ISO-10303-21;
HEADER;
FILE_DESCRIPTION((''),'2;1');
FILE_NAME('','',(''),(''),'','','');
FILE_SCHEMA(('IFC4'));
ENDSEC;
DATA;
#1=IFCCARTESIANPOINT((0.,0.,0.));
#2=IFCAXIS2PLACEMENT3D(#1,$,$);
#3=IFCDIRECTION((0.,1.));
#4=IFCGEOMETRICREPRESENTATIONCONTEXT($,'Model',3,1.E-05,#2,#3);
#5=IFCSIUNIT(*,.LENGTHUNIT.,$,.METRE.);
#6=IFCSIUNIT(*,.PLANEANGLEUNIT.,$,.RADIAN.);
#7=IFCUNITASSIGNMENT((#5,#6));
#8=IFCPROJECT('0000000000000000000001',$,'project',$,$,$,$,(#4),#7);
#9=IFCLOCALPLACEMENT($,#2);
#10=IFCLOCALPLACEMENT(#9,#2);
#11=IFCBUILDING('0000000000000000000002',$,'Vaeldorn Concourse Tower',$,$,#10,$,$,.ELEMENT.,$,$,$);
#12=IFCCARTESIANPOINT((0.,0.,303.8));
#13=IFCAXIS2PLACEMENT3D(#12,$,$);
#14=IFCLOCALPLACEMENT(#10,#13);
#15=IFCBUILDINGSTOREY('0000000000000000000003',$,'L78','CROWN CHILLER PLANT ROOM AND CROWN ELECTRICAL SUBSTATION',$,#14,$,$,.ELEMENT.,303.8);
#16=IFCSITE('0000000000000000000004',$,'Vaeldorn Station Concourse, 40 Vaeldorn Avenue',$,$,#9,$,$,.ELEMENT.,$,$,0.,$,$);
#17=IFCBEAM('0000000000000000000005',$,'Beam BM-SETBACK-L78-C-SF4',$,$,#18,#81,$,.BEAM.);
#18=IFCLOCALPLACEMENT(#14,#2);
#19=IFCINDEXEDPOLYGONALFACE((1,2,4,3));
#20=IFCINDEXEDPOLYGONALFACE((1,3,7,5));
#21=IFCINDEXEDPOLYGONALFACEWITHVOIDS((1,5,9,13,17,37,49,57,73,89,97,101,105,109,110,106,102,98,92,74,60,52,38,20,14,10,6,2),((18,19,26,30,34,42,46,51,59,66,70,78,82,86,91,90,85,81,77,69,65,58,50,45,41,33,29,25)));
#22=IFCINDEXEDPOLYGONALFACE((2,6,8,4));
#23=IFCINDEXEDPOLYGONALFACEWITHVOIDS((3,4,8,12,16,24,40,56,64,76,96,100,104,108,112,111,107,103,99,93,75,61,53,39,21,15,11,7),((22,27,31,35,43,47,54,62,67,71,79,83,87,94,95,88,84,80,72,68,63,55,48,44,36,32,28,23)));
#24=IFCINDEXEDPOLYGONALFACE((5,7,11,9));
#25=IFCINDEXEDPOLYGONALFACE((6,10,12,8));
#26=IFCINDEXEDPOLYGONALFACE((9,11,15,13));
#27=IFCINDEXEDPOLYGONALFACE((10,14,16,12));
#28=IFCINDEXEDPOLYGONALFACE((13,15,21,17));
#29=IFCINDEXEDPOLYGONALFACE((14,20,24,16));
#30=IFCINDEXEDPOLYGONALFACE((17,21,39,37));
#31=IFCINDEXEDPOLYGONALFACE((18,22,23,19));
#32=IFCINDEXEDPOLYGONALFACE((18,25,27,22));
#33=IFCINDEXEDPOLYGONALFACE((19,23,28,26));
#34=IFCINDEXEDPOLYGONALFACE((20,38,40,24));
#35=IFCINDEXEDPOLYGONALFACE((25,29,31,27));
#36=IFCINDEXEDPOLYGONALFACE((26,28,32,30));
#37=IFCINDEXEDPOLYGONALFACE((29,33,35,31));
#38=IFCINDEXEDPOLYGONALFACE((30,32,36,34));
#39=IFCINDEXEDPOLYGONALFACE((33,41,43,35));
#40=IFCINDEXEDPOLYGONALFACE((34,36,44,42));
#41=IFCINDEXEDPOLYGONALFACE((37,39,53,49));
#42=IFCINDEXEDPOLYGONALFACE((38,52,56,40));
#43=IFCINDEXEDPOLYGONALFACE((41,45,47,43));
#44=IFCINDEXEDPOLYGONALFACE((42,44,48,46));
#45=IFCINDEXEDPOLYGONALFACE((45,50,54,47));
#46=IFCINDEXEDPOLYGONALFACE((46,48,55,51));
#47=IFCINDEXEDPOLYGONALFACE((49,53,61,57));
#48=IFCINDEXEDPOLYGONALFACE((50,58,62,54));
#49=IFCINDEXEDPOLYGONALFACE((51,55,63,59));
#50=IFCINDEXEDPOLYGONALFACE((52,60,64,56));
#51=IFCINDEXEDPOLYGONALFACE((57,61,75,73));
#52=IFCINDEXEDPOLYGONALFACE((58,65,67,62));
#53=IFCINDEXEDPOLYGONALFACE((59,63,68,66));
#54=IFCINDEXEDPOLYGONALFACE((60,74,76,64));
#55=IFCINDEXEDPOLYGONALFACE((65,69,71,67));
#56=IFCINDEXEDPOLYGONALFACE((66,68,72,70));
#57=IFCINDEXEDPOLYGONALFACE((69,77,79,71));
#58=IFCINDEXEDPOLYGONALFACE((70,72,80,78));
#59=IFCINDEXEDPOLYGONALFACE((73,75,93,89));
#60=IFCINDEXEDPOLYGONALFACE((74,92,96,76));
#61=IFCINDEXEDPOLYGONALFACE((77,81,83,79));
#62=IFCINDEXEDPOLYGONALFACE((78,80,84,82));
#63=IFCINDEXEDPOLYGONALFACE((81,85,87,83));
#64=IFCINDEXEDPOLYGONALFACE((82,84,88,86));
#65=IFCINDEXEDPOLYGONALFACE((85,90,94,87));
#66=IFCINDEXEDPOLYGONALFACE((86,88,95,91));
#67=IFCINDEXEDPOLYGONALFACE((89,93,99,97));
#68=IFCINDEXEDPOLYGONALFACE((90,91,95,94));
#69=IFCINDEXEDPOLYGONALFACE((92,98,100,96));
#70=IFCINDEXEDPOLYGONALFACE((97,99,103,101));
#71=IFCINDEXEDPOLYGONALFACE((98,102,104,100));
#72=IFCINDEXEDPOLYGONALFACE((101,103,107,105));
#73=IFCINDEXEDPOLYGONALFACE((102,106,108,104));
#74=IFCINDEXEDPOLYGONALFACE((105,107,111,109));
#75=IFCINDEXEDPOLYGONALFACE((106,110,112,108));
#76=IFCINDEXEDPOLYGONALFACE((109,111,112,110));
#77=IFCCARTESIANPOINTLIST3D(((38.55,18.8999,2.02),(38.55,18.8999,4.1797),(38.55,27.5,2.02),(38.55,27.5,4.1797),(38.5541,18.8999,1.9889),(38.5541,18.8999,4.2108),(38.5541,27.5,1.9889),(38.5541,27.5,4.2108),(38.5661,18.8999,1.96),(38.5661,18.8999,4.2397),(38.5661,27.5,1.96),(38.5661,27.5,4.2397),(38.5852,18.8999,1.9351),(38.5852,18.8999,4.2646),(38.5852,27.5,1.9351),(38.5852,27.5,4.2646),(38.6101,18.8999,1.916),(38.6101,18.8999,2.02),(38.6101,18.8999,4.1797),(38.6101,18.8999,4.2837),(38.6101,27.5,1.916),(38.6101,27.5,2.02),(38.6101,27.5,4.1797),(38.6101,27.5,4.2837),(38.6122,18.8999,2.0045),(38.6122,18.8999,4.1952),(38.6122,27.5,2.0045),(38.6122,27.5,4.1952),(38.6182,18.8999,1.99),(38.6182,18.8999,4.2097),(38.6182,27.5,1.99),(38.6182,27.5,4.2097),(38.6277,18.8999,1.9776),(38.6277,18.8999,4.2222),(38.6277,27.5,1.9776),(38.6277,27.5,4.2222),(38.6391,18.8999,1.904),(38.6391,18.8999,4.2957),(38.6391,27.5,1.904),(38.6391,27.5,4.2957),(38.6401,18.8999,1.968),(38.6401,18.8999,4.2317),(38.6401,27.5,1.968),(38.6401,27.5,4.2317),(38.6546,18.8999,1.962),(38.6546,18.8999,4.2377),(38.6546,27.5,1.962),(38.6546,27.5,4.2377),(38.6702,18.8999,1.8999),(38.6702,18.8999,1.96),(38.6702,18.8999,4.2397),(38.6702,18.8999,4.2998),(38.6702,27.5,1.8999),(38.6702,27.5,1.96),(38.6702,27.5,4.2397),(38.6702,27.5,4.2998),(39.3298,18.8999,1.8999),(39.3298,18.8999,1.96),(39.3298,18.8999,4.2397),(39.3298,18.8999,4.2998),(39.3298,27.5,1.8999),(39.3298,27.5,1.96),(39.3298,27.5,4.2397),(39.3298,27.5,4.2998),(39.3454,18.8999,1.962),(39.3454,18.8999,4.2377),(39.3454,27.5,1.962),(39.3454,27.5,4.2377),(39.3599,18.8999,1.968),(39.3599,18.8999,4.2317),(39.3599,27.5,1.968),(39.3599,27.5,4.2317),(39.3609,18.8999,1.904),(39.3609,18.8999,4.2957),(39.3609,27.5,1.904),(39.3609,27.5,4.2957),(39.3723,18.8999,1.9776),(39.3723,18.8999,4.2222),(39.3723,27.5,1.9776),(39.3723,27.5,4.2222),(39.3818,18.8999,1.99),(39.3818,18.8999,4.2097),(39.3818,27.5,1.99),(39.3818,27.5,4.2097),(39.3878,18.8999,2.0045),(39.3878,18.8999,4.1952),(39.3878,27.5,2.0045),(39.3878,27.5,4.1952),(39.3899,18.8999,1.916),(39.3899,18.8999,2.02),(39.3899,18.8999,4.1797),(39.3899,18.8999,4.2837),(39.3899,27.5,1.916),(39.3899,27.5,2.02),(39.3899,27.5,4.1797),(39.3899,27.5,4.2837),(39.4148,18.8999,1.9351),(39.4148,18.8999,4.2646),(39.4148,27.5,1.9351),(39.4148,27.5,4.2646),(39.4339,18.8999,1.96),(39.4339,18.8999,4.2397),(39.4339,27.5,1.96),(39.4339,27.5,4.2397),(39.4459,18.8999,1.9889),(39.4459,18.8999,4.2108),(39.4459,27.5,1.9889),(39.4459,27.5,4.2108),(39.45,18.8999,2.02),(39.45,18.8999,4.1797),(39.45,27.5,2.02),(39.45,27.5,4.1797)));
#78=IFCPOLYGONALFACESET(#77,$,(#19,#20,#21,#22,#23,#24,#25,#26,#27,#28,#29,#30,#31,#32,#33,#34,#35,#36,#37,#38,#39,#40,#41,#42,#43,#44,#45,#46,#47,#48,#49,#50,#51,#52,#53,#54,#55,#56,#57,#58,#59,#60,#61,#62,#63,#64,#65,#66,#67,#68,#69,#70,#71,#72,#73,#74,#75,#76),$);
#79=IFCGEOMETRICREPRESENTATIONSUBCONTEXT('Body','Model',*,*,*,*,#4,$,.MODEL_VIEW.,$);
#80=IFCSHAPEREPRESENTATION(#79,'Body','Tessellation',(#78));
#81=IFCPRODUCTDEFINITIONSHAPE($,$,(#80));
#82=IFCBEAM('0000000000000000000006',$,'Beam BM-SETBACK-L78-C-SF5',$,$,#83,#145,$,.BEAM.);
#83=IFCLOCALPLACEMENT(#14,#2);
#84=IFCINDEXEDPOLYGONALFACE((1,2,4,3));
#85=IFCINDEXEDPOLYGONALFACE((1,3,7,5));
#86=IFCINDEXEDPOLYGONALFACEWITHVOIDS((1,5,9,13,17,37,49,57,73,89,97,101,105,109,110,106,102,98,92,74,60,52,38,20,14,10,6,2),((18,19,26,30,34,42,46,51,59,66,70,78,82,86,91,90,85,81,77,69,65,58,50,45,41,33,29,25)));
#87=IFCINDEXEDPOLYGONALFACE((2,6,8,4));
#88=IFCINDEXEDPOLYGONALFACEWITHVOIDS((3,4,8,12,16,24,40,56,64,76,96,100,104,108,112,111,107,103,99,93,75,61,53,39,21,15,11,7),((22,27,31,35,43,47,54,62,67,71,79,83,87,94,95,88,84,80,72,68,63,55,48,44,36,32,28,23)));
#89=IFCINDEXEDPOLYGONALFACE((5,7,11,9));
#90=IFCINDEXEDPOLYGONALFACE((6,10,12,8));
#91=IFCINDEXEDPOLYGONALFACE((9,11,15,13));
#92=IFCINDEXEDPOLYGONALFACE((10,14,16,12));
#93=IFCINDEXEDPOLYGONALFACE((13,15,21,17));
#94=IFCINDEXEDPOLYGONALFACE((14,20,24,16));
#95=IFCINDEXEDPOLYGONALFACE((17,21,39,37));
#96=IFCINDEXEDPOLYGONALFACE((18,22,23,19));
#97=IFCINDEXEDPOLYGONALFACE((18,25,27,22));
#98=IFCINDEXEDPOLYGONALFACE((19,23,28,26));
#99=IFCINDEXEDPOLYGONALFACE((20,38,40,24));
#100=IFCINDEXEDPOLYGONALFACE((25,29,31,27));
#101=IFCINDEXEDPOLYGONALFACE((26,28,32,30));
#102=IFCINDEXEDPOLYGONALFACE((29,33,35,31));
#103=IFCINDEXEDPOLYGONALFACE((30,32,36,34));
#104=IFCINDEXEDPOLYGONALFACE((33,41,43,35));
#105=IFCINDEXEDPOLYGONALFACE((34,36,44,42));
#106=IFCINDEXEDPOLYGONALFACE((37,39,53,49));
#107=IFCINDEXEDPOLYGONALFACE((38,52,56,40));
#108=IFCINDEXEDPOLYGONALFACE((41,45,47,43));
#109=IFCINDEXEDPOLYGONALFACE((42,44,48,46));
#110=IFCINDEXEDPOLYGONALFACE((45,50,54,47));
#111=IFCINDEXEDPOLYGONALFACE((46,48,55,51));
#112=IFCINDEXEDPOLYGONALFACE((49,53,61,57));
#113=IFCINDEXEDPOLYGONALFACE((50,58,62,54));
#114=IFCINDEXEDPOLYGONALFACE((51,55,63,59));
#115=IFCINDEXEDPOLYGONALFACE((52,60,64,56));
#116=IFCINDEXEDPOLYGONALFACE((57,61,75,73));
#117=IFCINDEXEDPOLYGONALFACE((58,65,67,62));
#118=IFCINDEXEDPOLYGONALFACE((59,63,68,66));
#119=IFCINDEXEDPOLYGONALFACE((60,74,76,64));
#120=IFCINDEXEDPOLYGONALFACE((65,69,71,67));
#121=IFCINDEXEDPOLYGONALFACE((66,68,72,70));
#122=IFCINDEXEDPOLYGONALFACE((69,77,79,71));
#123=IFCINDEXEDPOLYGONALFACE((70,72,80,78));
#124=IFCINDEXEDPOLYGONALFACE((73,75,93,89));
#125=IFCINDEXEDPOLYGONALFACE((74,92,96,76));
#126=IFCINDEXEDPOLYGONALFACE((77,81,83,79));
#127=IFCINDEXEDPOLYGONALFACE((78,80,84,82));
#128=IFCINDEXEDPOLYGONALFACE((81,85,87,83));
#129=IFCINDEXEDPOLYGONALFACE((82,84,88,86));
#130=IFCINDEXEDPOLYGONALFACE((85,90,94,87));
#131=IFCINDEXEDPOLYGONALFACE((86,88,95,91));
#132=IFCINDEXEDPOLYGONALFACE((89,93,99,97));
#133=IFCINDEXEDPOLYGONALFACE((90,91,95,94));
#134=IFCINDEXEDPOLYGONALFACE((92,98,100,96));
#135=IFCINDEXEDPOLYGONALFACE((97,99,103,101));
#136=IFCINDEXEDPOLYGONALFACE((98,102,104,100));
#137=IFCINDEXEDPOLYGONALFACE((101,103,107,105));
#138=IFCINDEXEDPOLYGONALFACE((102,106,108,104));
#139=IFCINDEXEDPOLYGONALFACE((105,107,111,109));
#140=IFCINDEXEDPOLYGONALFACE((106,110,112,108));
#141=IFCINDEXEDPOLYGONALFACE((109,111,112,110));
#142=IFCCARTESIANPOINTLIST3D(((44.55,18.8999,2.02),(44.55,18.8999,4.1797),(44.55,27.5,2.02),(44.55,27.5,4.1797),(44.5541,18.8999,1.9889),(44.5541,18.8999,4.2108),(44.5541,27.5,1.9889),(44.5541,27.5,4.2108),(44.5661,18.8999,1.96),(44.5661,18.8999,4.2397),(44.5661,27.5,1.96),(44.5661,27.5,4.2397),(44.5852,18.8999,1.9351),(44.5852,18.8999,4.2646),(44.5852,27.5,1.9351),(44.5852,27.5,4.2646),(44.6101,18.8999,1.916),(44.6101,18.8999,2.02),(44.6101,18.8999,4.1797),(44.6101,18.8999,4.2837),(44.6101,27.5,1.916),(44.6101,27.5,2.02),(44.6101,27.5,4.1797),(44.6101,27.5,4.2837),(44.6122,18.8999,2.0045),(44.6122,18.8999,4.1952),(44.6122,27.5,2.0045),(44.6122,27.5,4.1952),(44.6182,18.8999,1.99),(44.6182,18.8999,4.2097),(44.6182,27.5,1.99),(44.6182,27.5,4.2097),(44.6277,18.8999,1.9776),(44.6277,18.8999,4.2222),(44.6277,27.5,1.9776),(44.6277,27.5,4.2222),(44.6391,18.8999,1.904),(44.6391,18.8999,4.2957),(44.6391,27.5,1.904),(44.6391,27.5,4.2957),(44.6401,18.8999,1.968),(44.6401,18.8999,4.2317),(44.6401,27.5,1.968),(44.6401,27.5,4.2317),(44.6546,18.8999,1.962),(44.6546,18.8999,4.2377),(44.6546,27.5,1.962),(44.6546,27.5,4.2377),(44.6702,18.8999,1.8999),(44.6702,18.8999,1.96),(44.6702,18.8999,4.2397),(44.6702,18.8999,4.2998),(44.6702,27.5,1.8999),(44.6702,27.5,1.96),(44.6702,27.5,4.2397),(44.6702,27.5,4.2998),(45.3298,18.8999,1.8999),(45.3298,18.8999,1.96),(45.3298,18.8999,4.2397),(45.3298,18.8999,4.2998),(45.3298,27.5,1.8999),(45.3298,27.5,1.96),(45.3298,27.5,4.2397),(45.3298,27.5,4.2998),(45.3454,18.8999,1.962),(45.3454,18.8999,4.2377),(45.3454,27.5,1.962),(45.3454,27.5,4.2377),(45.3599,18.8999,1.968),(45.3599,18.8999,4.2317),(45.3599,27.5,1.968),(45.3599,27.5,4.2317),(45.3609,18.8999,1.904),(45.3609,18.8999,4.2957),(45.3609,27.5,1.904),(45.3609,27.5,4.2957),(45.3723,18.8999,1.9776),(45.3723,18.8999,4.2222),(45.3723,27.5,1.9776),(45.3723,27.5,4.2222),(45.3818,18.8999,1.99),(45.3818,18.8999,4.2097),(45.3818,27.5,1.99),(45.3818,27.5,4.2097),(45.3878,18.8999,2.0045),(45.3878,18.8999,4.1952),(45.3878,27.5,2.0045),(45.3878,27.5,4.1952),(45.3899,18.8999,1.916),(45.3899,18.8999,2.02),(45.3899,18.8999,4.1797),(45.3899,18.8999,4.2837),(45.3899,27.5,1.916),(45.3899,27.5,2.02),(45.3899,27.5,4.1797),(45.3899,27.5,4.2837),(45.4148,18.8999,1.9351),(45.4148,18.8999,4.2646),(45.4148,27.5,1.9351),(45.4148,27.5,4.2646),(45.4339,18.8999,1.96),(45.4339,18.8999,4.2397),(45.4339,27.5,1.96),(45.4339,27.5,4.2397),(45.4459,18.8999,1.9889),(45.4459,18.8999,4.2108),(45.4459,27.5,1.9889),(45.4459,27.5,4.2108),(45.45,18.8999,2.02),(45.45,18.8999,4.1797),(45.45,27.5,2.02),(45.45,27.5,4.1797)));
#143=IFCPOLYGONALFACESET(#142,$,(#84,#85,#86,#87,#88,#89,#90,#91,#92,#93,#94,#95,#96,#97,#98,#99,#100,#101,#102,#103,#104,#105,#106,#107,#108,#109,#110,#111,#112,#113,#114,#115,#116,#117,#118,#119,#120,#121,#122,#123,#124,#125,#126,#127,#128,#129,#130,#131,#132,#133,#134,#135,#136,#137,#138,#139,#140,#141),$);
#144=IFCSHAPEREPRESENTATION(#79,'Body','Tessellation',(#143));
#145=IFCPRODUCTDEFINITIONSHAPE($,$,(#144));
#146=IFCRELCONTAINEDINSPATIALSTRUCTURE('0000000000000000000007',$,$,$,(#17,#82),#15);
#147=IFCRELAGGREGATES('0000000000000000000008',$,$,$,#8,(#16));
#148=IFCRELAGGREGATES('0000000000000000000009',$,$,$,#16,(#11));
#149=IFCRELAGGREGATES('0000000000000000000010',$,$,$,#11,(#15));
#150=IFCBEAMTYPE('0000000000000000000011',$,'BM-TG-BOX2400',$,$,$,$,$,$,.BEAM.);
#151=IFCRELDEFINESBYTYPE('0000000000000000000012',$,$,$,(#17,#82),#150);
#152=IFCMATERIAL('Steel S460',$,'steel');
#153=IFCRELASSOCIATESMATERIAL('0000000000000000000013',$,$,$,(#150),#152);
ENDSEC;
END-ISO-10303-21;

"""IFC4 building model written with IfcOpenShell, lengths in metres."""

from ifc_helpers import new_model, si_unit, direction, frame, origin, origin_2d, place, context, subcontext, project, spatial, hollow_rectangle, extrude, source, transform, mapped, material, material_profile, profile_set, type_object, element, save


model = new_model("IFC4")

# Units and contexts
model_context = context("Model", 3, precision=1e-05, world=origin(), true_north=direction((0.0, 1.0)))
body_context = subcontext(model_context, "Body", "Model", "MODEL_VIEW")
ifc_project = project(units=[si_unit("LENGTHUNIT", "METRE"), si_unit("PLANEANGLEUNIT", "RADIAN")], contexts=[model_context])

# Site, building, storey
site_placement = place(None, origin())
site = spatial("IfcSite", under=ifc_project, at=site_placement, Name="Vaeldorn Station Concourse, 40 Vaeldorn Avenue", CompositionType="ELEMENT", RefElevation=0.0)
building_placement = place(site_placement, origin())
building = spatial("IfcBuilding", under=site, at=building_placement, Name="Vaeldorn Concourse Tower", CompositionType="ELEMENT")
storey_placement = place(building_placement, frame((0.0, 0.0, 303.8)))
storey = spatial("IfcBuildingStorey", under=building, at=storey_placement, Name="L78", Description="CROWN CHILLER PLANT ROOM AND CROWN ELECTRICAL SUBSTATION", CompositionType="ELEMENT", Elevation=303.8)

# Beams
ifc_material_1 = material(Name="Steel S460", Category="steel")
ifc_material_profile_1 = material_profile(ifc_material_1, hollow_rectangle(XDim=0.8999, YDim=2.3999, WallThickness=0.0601, InnerFilletRadius=0.0601, OuterFilletRadius=0.1201, at=origin_2d()), Name="RHS 2400x900x60")
ifc_profile_set_1 = profile_set([ifc_material_profile_1], Name="Steel S460")
beam_type_1 = type_object("IfcBeamType", Name="BM-TG-BOX2400", PredefinedType="BEAM", material=ifc_profile_set_1)
shared_shape_1 = source(origin(), body_context, "Body", "SweptSolid", [
    extrude(hollow_rectangle(XDim=0.8999, YDim=2.3999, WallThickness=0.0601, InnerFilletRadius=0.0601, OuterFilletRadius=0.1201, at=origin_2d()), origin(), (0.0, 0.0, 1.0), 8.6001),
])
for number, where, z_axis, x_axis, name in (
    (1, (39.0, 18.8999, 3.0999), (0.0, 1.0, 0.0), (-1.0, 0.0, 0.0), "Beam BM-SETBACK-L78-C-SF4"),
    (2, (45.0, 18.8999, 3.0999), (0.0, 1.0, 0.0), (-1.0, 0.0, 0.0), "Beam BM-SETBACK-L78-C-SF5"),
):
    element("IfcBeam", number, at=place(storey_placement, frame(where, z_axis=z_axis, x_axis=x_axis)), inside=storey, type_object=beam_type_1, Name=name, PredefinedType="BEAM", context=body_context, shape_type="MappedRepresentation", body=[
        mapped(shared_shape_1, transform((0.0, 0.0, 0.0), scale=1.0)),
    ])

save(model, "model.ifc")
